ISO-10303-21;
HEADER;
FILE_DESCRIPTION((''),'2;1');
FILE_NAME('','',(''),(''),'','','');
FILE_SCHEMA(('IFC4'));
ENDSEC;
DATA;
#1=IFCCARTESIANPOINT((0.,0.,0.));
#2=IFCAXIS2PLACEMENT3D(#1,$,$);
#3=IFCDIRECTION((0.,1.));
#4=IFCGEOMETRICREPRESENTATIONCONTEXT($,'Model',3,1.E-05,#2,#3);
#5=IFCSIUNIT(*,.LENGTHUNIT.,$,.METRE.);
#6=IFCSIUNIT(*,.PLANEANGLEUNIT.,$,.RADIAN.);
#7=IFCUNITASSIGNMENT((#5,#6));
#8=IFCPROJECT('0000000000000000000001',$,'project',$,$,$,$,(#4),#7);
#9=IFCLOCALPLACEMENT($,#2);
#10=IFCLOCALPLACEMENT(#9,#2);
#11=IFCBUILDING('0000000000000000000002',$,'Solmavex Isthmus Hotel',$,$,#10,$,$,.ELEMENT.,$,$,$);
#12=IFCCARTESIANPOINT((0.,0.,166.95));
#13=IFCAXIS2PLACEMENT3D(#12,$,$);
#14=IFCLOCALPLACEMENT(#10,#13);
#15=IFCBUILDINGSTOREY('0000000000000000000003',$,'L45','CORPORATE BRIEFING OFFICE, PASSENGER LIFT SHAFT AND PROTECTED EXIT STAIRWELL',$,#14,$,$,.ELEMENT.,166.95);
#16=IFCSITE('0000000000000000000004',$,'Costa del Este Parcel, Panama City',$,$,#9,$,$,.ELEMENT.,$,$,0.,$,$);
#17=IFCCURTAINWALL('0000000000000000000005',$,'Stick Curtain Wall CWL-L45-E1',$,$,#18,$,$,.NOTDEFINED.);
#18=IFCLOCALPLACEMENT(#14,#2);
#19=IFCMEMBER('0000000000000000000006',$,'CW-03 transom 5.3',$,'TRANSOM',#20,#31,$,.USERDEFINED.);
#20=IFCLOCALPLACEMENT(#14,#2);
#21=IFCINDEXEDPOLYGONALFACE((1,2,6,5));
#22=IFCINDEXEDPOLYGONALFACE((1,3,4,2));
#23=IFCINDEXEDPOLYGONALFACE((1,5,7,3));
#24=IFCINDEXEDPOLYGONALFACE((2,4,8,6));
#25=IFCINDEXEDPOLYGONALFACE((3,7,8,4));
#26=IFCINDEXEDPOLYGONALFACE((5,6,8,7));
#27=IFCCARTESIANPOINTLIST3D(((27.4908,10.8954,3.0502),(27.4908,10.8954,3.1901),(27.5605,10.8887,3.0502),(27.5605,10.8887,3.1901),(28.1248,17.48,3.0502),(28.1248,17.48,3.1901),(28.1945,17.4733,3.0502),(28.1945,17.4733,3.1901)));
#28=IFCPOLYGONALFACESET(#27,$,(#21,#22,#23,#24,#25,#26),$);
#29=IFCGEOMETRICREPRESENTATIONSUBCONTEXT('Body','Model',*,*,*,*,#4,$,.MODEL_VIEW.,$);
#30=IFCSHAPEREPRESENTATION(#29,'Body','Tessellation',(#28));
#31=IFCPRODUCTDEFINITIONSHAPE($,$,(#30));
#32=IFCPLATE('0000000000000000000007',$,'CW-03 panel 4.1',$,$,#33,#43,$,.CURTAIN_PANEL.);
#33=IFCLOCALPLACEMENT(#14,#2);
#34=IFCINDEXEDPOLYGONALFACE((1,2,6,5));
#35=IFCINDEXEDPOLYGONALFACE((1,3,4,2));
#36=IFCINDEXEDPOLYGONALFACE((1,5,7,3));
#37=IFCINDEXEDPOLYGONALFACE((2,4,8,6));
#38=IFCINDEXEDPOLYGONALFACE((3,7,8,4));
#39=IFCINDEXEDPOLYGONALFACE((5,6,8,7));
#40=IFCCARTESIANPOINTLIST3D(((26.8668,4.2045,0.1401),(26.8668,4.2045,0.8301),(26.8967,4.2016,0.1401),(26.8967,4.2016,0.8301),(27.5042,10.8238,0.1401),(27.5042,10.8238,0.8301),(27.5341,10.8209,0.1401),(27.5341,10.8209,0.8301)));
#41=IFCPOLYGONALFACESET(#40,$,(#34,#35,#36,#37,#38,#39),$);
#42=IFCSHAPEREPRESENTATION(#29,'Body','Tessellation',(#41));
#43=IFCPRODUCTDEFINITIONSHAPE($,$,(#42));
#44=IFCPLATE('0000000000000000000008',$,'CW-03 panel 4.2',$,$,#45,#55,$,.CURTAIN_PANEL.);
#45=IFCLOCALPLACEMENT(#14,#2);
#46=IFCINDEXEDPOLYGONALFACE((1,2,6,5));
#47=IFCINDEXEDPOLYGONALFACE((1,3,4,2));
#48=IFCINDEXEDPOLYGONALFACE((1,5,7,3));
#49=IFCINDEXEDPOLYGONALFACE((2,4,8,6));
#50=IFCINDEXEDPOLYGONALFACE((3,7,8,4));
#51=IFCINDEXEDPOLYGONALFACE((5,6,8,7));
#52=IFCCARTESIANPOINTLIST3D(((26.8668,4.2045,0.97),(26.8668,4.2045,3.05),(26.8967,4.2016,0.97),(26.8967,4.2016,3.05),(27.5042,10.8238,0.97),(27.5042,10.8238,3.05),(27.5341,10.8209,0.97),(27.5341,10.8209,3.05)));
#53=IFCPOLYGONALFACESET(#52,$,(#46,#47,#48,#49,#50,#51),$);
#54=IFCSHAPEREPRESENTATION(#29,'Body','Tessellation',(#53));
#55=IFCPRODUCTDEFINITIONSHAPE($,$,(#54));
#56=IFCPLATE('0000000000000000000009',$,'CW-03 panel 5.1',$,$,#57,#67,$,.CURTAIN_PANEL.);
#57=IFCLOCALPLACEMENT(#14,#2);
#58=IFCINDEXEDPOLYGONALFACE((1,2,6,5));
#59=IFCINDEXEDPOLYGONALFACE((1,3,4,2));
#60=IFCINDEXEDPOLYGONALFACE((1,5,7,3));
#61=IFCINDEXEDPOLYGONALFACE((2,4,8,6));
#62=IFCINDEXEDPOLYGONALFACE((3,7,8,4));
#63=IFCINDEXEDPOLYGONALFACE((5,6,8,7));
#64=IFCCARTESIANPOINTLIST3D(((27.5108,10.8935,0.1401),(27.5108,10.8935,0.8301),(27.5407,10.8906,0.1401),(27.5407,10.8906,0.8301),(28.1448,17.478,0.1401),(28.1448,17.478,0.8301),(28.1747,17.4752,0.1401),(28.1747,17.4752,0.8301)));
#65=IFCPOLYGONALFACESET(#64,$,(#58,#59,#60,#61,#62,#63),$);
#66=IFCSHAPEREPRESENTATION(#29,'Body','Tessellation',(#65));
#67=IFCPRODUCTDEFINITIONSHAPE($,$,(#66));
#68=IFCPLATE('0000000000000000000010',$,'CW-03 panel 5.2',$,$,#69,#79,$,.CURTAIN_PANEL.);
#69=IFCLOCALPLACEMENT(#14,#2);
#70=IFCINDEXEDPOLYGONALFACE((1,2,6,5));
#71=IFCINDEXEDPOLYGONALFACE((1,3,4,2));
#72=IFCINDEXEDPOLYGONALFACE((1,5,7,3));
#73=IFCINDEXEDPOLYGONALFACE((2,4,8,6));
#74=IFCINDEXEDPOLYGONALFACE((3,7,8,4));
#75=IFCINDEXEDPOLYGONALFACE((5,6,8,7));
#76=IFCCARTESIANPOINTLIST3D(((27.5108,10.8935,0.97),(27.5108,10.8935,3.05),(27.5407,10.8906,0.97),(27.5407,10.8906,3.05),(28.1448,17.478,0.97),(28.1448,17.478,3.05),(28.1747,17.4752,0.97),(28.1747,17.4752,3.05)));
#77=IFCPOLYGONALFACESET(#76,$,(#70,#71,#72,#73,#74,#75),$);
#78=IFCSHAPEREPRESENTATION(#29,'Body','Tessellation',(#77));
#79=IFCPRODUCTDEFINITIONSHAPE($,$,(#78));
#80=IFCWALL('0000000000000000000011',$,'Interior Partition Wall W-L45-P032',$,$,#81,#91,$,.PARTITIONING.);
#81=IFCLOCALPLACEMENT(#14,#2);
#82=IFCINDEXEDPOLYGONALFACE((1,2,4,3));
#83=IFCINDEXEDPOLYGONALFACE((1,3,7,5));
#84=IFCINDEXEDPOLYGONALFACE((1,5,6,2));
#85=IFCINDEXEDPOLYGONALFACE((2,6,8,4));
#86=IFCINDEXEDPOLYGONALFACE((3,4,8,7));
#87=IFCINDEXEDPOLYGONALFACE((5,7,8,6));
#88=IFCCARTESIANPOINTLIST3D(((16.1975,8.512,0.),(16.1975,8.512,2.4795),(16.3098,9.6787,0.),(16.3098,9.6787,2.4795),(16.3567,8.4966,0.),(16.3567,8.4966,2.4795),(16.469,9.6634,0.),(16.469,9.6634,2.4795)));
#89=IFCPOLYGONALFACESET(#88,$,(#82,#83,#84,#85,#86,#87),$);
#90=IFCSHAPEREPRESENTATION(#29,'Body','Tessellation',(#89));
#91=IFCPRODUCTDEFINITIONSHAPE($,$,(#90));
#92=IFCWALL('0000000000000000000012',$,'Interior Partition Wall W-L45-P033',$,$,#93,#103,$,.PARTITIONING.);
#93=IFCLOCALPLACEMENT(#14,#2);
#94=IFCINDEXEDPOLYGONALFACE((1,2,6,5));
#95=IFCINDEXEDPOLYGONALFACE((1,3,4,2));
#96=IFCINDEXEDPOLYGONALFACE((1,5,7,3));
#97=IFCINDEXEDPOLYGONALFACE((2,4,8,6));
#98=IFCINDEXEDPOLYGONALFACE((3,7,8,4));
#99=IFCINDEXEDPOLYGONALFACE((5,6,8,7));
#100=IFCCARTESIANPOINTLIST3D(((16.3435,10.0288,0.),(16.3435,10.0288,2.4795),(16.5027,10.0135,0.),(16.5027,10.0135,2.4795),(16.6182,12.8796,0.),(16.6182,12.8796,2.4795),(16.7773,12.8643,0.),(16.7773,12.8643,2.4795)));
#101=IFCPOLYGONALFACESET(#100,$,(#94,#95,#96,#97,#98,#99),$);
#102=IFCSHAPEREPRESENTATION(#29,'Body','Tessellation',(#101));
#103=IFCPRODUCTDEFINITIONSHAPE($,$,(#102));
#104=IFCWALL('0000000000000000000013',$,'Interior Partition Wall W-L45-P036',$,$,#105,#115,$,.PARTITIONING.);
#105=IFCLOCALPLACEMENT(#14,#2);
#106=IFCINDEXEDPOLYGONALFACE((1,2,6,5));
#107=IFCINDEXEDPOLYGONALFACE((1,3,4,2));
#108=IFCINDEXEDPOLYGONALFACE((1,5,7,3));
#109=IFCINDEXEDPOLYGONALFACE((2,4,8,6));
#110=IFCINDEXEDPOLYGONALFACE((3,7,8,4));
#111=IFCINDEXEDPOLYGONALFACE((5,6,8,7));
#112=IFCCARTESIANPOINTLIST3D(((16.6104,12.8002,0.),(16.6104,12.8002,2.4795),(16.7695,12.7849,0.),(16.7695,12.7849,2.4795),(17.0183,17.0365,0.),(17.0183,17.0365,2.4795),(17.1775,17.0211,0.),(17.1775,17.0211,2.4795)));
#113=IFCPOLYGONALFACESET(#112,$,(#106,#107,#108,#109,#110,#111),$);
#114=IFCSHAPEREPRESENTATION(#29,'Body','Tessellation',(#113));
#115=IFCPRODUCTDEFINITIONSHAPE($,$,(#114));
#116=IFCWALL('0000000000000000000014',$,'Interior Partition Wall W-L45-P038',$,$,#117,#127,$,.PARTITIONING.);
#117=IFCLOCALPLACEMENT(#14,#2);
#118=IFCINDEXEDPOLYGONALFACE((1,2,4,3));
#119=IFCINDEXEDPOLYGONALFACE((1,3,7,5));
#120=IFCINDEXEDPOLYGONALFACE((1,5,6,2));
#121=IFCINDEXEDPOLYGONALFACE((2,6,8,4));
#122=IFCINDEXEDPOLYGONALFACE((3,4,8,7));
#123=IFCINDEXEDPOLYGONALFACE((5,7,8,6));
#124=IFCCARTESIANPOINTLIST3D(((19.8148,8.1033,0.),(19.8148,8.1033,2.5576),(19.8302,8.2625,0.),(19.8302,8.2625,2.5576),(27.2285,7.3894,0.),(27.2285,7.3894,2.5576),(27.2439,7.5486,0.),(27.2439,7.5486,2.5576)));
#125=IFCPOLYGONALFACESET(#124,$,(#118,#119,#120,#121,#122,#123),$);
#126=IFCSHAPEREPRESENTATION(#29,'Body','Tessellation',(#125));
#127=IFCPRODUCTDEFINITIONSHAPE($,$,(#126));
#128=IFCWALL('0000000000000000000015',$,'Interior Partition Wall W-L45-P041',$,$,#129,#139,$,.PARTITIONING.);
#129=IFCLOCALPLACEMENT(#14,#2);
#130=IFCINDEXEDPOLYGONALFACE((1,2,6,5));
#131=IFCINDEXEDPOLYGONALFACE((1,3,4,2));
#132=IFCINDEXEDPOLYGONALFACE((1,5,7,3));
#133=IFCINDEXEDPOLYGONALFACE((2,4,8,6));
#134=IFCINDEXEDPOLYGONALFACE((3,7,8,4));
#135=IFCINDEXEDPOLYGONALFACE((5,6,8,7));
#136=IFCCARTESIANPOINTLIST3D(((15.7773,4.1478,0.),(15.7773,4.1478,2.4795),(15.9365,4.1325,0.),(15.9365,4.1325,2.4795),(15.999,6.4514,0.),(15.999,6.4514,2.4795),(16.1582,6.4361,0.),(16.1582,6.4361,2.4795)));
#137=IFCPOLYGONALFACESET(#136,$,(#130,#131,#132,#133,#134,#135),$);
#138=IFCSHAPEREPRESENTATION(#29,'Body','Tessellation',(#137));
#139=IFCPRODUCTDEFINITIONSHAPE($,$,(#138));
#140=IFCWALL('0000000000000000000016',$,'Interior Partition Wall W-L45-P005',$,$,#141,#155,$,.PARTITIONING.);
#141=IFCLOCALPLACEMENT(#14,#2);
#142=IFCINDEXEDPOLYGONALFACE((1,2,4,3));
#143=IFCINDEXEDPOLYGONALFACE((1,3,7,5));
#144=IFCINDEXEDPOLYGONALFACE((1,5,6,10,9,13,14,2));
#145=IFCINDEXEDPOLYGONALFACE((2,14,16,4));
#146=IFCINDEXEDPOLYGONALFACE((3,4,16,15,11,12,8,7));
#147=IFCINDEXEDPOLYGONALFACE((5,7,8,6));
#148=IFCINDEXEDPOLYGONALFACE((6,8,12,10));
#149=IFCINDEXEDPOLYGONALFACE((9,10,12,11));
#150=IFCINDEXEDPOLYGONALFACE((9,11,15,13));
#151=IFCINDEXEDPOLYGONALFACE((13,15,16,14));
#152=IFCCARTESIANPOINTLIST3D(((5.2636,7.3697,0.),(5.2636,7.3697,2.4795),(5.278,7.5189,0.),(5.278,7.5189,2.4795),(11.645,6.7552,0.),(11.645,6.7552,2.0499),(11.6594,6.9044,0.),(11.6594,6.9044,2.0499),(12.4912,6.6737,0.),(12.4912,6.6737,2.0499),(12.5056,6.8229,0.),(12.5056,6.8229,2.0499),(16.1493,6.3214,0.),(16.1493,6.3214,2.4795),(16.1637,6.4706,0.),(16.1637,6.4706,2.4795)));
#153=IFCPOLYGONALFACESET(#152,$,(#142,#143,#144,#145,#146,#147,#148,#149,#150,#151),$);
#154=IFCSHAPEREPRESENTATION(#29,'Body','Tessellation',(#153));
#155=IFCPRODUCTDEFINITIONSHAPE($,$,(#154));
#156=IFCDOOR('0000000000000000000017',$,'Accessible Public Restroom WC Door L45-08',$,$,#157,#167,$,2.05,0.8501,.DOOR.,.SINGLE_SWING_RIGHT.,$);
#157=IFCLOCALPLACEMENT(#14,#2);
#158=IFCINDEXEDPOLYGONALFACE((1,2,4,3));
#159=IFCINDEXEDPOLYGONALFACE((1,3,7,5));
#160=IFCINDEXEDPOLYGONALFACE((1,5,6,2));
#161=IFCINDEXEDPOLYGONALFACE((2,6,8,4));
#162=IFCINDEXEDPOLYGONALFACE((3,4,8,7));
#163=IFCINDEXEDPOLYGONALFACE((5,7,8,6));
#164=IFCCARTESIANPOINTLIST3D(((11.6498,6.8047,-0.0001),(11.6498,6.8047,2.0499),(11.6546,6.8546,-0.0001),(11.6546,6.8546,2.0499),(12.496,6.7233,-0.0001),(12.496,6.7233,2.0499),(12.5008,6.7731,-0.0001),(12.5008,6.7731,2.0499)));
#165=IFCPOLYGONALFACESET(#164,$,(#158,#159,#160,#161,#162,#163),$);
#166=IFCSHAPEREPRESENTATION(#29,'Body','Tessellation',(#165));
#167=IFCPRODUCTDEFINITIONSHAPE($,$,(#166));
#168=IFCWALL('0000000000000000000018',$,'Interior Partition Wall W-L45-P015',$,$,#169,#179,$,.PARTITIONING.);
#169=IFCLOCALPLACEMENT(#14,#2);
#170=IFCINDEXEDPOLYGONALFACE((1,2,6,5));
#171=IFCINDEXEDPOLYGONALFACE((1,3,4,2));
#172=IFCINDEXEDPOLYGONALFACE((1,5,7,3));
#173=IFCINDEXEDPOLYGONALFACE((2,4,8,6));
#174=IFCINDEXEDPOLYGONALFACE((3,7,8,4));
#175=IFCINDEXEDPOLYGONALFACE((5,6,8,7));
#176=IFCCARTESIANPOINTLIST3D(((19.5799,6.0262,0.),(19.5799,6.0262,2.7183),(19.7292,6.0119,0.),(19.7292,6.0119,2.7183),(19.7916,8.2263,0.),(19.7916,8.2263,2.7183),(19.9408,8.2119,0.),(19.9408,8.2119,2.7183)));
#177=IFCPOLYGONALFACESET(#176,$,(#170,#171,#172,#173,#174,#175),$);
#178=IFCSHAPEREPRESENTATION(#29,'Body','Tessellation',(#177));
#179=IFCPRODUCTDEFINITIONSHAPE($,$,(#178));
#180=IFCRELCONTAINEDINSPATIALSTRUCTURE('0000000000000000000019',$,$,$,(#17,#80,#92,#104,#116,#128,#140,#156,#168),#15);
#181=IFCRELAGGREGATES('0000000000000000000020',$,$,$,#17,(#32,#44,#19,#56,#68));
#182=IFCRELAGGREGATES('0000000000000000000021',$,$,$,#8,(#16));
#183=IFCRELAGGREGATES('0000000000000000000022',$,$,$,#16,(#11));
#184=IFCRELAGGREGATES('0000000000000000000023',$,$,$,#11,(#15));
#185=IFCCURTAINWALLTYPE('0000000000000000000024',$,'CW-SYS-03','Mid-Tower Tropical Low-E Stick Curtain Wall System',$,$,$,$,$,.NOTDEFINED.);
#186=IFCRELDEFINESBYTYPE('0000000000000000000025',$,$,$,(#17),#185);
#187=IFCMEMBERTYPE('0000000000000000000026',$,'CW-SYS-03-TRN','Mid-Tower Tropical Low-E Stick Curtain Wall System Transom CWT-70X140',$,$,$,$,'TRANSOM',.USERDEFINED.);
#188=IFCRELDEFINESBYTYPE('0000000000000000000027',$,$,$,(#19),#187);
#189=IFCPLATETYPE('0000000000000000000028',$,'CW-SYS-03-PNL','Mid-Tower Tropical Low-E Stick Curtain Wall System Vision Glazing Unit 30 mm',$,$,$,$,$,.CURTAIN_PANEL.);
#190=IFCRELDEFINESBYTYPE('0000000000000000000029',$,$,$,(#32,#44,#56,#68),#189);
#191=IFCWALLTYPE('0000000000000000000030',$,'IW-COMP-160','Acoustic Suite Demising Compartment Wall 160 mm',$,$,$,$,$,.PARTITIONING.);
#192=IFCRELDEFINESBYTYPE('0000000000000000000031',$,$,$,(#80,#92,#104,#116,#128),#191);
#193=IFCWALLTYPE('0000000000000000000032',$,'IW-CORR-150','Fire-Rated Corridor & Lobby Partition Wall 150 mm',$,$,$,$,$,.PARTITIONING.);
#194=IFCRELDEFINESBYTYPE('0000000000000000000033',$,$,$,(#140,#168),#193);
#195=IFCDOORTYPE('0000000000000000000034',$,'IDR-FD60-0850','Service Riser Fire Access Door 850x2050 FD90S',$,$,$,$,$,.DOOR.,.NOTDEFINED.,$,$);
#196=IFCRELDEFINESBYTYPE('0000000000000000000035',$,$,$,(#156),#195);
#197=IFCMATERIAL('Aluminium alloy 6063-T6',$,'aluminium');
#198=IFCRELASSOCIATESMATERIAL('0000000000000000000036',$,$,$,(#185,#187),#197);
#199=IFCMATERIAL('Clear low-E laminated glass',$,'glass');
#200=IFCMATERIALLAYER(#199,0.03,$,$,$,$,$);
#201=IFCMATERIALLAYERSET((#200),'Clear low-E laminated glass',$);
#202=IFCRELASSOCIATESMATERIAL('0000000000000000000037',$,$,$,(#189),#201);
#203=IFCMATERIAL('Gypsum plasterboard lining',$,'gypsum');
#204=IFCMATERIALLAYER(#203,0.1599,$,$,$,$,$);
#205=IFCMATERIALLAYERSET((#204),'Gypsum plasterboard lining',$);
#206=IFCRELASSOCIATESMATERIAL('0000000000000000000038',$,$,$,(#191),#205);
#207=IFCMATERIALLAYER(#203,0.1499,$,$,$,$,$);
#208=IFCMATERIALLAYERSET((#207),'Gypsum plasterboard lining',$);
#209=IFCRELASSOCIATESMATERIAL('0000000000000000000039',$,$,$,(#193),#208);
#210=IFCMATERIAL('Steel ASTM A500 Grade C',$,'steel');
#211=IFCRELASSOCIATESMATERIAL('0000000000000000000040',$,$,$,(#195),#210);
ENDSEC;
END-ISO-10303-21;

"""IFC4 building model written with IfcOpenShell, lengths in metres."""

from ifc_helpers import new_model, si_unit, direction, frame, frame_2d, origin, origin_2d, place, context, subcontext, project, spatial, rectangle, extrude, material, layer, layer_set, material_profile, profile_set, type_object, element, fill, aggregate, save


model = new_model("IFC4")

# Units and contexts
model_context = context("Model", 3, precision=1e-05, world=origin(), true_north=direction((0.0, 1.0)))
body_context = subcontext(model_context, "Body", "Model", "MODEL_VIEW")
ifc_project = project(units=[si_unit("LENGTHUNIT", "METRE"), si_unit("PLANEANGLEUNIT", "RADIAN")], contexts=[model_context])

# Site, building, storey
site_placement = place(None, origin())
site = spatial("IfcSite", under=ifc_project, at=site_placement, Name="Costa del Este Parcel, Panama City", CompositionType="ELEMENT", RefElevation=0.0)
building_placement = place(site_placement, origin())
building = spatial("IfcBuilding", under=site, at=building_placement, Name="Solmavex Isthmus Hotel", CompositionType="ELEMENT")
storey_placement = place(building_placement, frame((0.0, 0.0, 166.95)))
storey = spatial("IfcBuildingStorey", under=building, at=storey_placement, Name="L45", Description="CORPORATE BRIEFING OFFICE, PASSENGER LIFT SHAFT AND PROTECTED EXIT STAIRWELL", CompositionType="ELEMENT", Elevation=166.95)

# Curtain wall, member, plates
ifc_material_1 = material(Name="Aluminium alloy 6063-T6", Category="aluminium")
curtain_wall_type = type_object("IfcCurtainWallType", Name="CW-SYS-03", Description="Mid-Tower Tropical Low-E Stick Curtain Wall System", PredefinedType="NOTDEFINED", material=ifc_material_1)
curtain_wall_placement = place(storey_placement, origin())
curtain_wall = element("IfcCurtainWall", 1, at=curtain_wall_placement, inside=storey, type_object=curtain_wall_type, Name="Stick Curtain Wall CWL-L45-E1", PredefinedType="NOTDEFINED")
ifc_material_profile_1 = material_profile(ifc_material_1, rectangle(XDim=0.0701, YDim=0.1399, at=origin_2d()), Name="CWT-70X140")
ifc_profile_set_1 = profile_set([ifc_material_profile_1], Name="Aluminium alloy 6063-T6")
member_type_1 = type_object("IfcMemberType", Name="CW-SYS-03-TRN", Description="Mid-Tower Tropical Low-E Stick Curtain Wall System Transom CWT-70X140", ElementType="TRANSOM", PredefinedType="USERDEFINED", material=ifc_profile_set_1)
member_1_placement = place(storey_placement, frame((27.5256, 10.8921, 3.1201), z_axis=(0.095849, 0.995396, 0.0), x_axis=(-0.995396, 0.095849, 0.0)))
member_1 = element("IfcMember", 2, at=member_1_placement, type_object=member_type_1, Name="CW-03 transom 5.3", ObjectType="TRANSOM", PredefinedType="USERDEFINED", context=body_context, shape_type="SweptSolid", body=[
    extrude(rectangle(XDim=0.0701, YDim=0.1399, at=origin_2d()), origin(), (0.0, 0.0, 1.0), 6.615),
])
ifc_material_2 = material(Name="Clear low-E laminated glass", Category="glass")
ifc_layer_1 = layer(ifc_material_2, 0.03)
ifc_layer_set_1 = layer_set([ifc_layer_1], Name="Clear low-E laminated glass")
plate_type = type_object("IfcPlateType", Name="CW-SYS-03-PNL", Description="Mid-Tower Tropical Low-E Stick Curtain Wall System Vision Glazing Unit 30 mm", PredefinedType="CURTAIN_PANEL", material=ifc_layer_set_1)
plate_1_placement = place(storey_placement, frame((27.2004, 7.5127, 0.1401), z_axis=(0.0, 0.0, 1.0), x_axis=(0.095846, 0.995396, 0.0)))
plate_1 = element("IfcPlate", 3, at=plate_1_placement, type_object=plate_type, Name="CW-03 panel 4.1", PredefinedType="CURTAIN_PANEL", context=body_context, shape_type="SweptSolid", body=[
    extrude(rectangle(XDim=6.6499, YDim=0.03, at=origin_2d()), origin(), (0.0, 0.0, 1.0), 0.6899),
])
plate_2_placement = place(storey_placement, frame((27.2004, 7.5127, 0.97), z_axis=(0.0, 0.0, 1.0), x_axis=(0.095846, 0.995396, 0.0)))
plate_2 = element("IfcPlate", 4, at=plate_2_placement, type_object=plate_type, Name="CW-03 panel 4.2", PredefinedType="CURTAIN_PANEL", context=body_context, shape_type="SweptSolid", body=[
    extrude(rectangle(XDim=6.6499, YDim=0.03, at=origin_2d()), origin(), (0.0, 0.0, 1.0), 2.0801),
])
plate_3_placement = place(storey_placement, frame((27.8428, 14.1843, 0.1401), z_axis=(0.0, 0.0, 1.0), x_axis=(0.095846, 0.995396, 0.0)))
plate_3 = element("IfcPlate", 5, at=plate_3_placement, type_object=plate_type, Name="CW-03 panel 5.1", PredefinedType="CURTAIN_PANEL", context=body_context, shape_type="SweptSolid", body=[
    extrude(rectangle(XDim=6.615, YDim=0.03, at=origin_2d()), origin(), (0.0, 0.0, 1.0), 0.6899),
])
plate_4_placement = place(storey_placement, frame((27.8428, 14.1843, 0.97), z_axis=(0.0, 0.0, 1.0), x_axis=(0.095846, 0.995396, 0.0)))
plate_4 = element("IfcPlate", 6, at=plate_4_placement, type_object=plate_type, Name="CW-03 panel 5.2", PredefinedType="CURTAIN_PANEL", context=body_context, shape_type="SweptSolid", body=[
    extrude(rectangle(XDim=6.615, YDim=0.03, at=origin_2d()), origin(), (0.0, 0.0, 1.0), 2.0801),
])
aggregate(curtain_wall, [plate_1, plate_2, member_1, plate_3, plate_4])

# Walls
ifc_material_3 = material(Name="Gypsum plasterboard lining", Category="gypsum")
ifc_layer_2 = layer(ifc_material_3, 0.1599)
ifc_layer_set_2 = layer_set([ifc_layer_2], Name="Gypsum plasterboard lining")
wall_type_1 = type_object("IfcWallType", Name="IW-COMP-160", Description="Acoustic Suite Demising Compartment Wall 160 mm", PredefinedType="PARTITIONING", material=ifc_layer_set_2)
wall_1_placement = place(storey_placement, frame((16.3894, 9.6709, 0.0), z_axis=(0.0, 0.0, 1.0), x_axis=(-0.095812, -0.995399, 0.0)))
element("IfcWall", 7, at=wall_1_placement, inside=storey, type_object=wall_type_1, Name="Interior Partition Wall W-L45-P032", PredefinedType="PARTITIONING", context=body_context, shape_type="SweptSolid", body=[
    extrude(rectangle(XDim=1.1721, YDim=0.1599, at=frame_2d((0.5859, 0.0))), origin(), (0.0, 0.0, 1.0), 2.4795),
])
wall_2_placement = place(storey_placement, frame((16.6978, 12.8721, 0.0), z_axis=(0.0, 0.0, 1.0), x_axis=(-0.095899, -0.995391, 0.0)))
element("IfcWall", 8, at=wall_2_placement, inside=storey, type_object=wall_type_1, Name="Interior Partition Wall W-L45-P033", PredefinedType="PARTITIONING", context=body_context, shape_type="SweptSolid", body=[
    extrude(rectangle(XDim=2.864, YDim=0.1599, at=frame_2d((1.4321, 0.0))), origin(), (0.0, 0.0, 1.0), 2.4795),
])
wall_3_placement = place(storey_placement, frame((17.0979, 17.0288, 0.0), z_axis=(0.0, 0.0, 1.0), x_axis=(-0.095857, -0.995395, 0.0)))
element("IfcWall", 9, at=wall_3_placement, inside=storey, type_object=wall_type_1, Name="Interior Partition Wall W-L45-P036", PredefinedType="PARTITIONING", context=body_context, shape_type="SweptSolid", body=[
    extrude(rectangle(XDim=4.2559, YDim=0.1599, at=frame_2d((2.1279, 0.0))), origin(), (0.0, 0.0, 1.0), 2.4795),
])
wall_4_placement = place(storey_placement, frame((27.2363, 7.469, 0.0), z_axis=(0.0, 0.0, 1.0), x_axis=(-0.995396, 0.095845, 0.0)))
element("IfcWall", 10, at=wall_4_placement, inside=storey, type_object=wall_type_1, Name="Interior Partition Wall W-L45-P038", PredefinedType="PARTITIONING", context=body_context, shape_type="SweptSolid", body=[
    extrude(rectangle(XDim=7.448, YDim=0.1599, at=frame_2d((3.7241, 0.0))), origin(), (0.0, 0.0, 1.0), 2.5576),
])
wall_5_placement = place(storey_placement, frame((16.0786, 6.4438, 0.0), z_axis=(0.0, 0.0, 1.0), x_axis=(-0.095795, -0.995401, 0.0)))
element("IfcWall", 11, at=wall_5_placement, inside=storey, type_object=wall_type_1, Name="Interior Partition Wall W-L45-P041", PredefinedType="PARTITIONING", context=body_context, shape_type="SweptSolid", body=[
    extrude(rectangle(XDim=2.3142, YDim=0.1599, at=frame_2d((1.1572, 0.0))), origin(), (0.0, 0.0, 1.0), 2.4795),
])

# Wall, opening, door
ifc_layer_3 = layer(ifc_material_3, 0.1499)
ifc_layer_set_3 = layer_set([ifc_layer_3], Name="Gypsum plasterboard lining")
wall_type_2 = type_object("IfcWallType", Name="IW-CORR-150", Description="Fire-Rated Corridor & Lobby Partition Wall 150 mm", PredefinedType="PARTITIONING", material=ifc_layer_set_3)
wall_6_placement = place(storey_placement, frame((16.1565, 6.396, 0.0), z_axis=(0.0, 0.0, 1.0), x_axis=(-0.995395, 0.09586, 0.0)))
wall_6 = element("IfcWall", 12, at=wall_6_placement, inside=storey, type_object=wall_type_2, Name="Interior Partition Wall W-L45-P005", PredefinedType="PARTITIONING", context=body_context, shape_type="SweptSolid", body=[
    extrude(rectangle(XDim=10.936, YDim=0.1499, at=frame_2d((5.468, 0.0))), origin(), (0.0, 0.0, 1.0), 2.4795),
])
opening_1_placement = place(wall_6_placement, frame((3.675, 0.0, 0.0)))
opening_1 = element("IfcOpeningElement", 13, at=opening_1_placement, cuts=wall_6, PredefinedType="OPENING", context=body_context, shape_type="SweptSolid", body=[
    extrude(rectangle(XDim=0.8501, YDim=2.05, at=frame_2d((0.425, 1.0249))), frame((0.0, 0.085, 0.0), z_axis=(0.0, -1.0, 0.0), x_axis=(1.0, 0.0, 0.0)), (0.0, 0.0, 1.0), 0.1699),
])
ifc_material_4 = material(Name="Steel ASTM A500 Grade C", Category="steel")
door_type_1 = type_object("IfcDoorType", Name="IDR-FD60-0850", Description="Service Riser Fire Access Door 850x2050 FD90S", OperationType="NOTDEFINED", PredefinedType="DOOR", material=ifc_material_4)
door_1_placement = place(opening_1_placement, frame((0.8501, 0.0, 0.0), z_axis=(0.0, 0.0, 1.0), x_axis=(-1.0, 0.0, 0.0)))
door_1 = element("IfcDoor", 14, at=door_1_placement, inside=storey, type_object=door_type_1, Name="Accessible Public Restroom WC Door L45-08", OperationType="SINGLE_SWING_RIGHT", OverallHeight=2.05, OverallWidth=0.8501, PredefinedType="DOOR", context=body_context, shape_type="SweptSolid", body=[
    extrude(rectangle(XDim=0.8501, YDim=2.05, at=frame_2d((0.425, 1.0249))), frame((0.0, 0.0249, 0.0), z_axis=(0.0, -1.0, 0.0), x_axis=(1.0, 0.0, 0.0)), (0.0, 0.0, 1.0), 0.05),
])
fill(opening_1, door_1)

# Wall
wall_7_placement = place(storey_placement, frame((19.8662, 8.219, 0.0), z_axis=(0.0, 0.0, 1.0), x_axis=(-0.095773, -0.995403, 0.0)))
element("IfcWall", 15, at=wall_7_placement, inside=storey, type_object=wall_type_2, Name="Interior Partition Wall W-L45-P015", PredefinedType="PARTITIONING", context=body_context, shape_type="SweptSolid", body=[
    extrude(rectangle(XDim=2.2102, YDim=0.1499, at=frame_2d((1.105, 0.0))), origin(), (0.0, 0.0, 1.0), 2.7183),
])

save(model, "model.ifc")
